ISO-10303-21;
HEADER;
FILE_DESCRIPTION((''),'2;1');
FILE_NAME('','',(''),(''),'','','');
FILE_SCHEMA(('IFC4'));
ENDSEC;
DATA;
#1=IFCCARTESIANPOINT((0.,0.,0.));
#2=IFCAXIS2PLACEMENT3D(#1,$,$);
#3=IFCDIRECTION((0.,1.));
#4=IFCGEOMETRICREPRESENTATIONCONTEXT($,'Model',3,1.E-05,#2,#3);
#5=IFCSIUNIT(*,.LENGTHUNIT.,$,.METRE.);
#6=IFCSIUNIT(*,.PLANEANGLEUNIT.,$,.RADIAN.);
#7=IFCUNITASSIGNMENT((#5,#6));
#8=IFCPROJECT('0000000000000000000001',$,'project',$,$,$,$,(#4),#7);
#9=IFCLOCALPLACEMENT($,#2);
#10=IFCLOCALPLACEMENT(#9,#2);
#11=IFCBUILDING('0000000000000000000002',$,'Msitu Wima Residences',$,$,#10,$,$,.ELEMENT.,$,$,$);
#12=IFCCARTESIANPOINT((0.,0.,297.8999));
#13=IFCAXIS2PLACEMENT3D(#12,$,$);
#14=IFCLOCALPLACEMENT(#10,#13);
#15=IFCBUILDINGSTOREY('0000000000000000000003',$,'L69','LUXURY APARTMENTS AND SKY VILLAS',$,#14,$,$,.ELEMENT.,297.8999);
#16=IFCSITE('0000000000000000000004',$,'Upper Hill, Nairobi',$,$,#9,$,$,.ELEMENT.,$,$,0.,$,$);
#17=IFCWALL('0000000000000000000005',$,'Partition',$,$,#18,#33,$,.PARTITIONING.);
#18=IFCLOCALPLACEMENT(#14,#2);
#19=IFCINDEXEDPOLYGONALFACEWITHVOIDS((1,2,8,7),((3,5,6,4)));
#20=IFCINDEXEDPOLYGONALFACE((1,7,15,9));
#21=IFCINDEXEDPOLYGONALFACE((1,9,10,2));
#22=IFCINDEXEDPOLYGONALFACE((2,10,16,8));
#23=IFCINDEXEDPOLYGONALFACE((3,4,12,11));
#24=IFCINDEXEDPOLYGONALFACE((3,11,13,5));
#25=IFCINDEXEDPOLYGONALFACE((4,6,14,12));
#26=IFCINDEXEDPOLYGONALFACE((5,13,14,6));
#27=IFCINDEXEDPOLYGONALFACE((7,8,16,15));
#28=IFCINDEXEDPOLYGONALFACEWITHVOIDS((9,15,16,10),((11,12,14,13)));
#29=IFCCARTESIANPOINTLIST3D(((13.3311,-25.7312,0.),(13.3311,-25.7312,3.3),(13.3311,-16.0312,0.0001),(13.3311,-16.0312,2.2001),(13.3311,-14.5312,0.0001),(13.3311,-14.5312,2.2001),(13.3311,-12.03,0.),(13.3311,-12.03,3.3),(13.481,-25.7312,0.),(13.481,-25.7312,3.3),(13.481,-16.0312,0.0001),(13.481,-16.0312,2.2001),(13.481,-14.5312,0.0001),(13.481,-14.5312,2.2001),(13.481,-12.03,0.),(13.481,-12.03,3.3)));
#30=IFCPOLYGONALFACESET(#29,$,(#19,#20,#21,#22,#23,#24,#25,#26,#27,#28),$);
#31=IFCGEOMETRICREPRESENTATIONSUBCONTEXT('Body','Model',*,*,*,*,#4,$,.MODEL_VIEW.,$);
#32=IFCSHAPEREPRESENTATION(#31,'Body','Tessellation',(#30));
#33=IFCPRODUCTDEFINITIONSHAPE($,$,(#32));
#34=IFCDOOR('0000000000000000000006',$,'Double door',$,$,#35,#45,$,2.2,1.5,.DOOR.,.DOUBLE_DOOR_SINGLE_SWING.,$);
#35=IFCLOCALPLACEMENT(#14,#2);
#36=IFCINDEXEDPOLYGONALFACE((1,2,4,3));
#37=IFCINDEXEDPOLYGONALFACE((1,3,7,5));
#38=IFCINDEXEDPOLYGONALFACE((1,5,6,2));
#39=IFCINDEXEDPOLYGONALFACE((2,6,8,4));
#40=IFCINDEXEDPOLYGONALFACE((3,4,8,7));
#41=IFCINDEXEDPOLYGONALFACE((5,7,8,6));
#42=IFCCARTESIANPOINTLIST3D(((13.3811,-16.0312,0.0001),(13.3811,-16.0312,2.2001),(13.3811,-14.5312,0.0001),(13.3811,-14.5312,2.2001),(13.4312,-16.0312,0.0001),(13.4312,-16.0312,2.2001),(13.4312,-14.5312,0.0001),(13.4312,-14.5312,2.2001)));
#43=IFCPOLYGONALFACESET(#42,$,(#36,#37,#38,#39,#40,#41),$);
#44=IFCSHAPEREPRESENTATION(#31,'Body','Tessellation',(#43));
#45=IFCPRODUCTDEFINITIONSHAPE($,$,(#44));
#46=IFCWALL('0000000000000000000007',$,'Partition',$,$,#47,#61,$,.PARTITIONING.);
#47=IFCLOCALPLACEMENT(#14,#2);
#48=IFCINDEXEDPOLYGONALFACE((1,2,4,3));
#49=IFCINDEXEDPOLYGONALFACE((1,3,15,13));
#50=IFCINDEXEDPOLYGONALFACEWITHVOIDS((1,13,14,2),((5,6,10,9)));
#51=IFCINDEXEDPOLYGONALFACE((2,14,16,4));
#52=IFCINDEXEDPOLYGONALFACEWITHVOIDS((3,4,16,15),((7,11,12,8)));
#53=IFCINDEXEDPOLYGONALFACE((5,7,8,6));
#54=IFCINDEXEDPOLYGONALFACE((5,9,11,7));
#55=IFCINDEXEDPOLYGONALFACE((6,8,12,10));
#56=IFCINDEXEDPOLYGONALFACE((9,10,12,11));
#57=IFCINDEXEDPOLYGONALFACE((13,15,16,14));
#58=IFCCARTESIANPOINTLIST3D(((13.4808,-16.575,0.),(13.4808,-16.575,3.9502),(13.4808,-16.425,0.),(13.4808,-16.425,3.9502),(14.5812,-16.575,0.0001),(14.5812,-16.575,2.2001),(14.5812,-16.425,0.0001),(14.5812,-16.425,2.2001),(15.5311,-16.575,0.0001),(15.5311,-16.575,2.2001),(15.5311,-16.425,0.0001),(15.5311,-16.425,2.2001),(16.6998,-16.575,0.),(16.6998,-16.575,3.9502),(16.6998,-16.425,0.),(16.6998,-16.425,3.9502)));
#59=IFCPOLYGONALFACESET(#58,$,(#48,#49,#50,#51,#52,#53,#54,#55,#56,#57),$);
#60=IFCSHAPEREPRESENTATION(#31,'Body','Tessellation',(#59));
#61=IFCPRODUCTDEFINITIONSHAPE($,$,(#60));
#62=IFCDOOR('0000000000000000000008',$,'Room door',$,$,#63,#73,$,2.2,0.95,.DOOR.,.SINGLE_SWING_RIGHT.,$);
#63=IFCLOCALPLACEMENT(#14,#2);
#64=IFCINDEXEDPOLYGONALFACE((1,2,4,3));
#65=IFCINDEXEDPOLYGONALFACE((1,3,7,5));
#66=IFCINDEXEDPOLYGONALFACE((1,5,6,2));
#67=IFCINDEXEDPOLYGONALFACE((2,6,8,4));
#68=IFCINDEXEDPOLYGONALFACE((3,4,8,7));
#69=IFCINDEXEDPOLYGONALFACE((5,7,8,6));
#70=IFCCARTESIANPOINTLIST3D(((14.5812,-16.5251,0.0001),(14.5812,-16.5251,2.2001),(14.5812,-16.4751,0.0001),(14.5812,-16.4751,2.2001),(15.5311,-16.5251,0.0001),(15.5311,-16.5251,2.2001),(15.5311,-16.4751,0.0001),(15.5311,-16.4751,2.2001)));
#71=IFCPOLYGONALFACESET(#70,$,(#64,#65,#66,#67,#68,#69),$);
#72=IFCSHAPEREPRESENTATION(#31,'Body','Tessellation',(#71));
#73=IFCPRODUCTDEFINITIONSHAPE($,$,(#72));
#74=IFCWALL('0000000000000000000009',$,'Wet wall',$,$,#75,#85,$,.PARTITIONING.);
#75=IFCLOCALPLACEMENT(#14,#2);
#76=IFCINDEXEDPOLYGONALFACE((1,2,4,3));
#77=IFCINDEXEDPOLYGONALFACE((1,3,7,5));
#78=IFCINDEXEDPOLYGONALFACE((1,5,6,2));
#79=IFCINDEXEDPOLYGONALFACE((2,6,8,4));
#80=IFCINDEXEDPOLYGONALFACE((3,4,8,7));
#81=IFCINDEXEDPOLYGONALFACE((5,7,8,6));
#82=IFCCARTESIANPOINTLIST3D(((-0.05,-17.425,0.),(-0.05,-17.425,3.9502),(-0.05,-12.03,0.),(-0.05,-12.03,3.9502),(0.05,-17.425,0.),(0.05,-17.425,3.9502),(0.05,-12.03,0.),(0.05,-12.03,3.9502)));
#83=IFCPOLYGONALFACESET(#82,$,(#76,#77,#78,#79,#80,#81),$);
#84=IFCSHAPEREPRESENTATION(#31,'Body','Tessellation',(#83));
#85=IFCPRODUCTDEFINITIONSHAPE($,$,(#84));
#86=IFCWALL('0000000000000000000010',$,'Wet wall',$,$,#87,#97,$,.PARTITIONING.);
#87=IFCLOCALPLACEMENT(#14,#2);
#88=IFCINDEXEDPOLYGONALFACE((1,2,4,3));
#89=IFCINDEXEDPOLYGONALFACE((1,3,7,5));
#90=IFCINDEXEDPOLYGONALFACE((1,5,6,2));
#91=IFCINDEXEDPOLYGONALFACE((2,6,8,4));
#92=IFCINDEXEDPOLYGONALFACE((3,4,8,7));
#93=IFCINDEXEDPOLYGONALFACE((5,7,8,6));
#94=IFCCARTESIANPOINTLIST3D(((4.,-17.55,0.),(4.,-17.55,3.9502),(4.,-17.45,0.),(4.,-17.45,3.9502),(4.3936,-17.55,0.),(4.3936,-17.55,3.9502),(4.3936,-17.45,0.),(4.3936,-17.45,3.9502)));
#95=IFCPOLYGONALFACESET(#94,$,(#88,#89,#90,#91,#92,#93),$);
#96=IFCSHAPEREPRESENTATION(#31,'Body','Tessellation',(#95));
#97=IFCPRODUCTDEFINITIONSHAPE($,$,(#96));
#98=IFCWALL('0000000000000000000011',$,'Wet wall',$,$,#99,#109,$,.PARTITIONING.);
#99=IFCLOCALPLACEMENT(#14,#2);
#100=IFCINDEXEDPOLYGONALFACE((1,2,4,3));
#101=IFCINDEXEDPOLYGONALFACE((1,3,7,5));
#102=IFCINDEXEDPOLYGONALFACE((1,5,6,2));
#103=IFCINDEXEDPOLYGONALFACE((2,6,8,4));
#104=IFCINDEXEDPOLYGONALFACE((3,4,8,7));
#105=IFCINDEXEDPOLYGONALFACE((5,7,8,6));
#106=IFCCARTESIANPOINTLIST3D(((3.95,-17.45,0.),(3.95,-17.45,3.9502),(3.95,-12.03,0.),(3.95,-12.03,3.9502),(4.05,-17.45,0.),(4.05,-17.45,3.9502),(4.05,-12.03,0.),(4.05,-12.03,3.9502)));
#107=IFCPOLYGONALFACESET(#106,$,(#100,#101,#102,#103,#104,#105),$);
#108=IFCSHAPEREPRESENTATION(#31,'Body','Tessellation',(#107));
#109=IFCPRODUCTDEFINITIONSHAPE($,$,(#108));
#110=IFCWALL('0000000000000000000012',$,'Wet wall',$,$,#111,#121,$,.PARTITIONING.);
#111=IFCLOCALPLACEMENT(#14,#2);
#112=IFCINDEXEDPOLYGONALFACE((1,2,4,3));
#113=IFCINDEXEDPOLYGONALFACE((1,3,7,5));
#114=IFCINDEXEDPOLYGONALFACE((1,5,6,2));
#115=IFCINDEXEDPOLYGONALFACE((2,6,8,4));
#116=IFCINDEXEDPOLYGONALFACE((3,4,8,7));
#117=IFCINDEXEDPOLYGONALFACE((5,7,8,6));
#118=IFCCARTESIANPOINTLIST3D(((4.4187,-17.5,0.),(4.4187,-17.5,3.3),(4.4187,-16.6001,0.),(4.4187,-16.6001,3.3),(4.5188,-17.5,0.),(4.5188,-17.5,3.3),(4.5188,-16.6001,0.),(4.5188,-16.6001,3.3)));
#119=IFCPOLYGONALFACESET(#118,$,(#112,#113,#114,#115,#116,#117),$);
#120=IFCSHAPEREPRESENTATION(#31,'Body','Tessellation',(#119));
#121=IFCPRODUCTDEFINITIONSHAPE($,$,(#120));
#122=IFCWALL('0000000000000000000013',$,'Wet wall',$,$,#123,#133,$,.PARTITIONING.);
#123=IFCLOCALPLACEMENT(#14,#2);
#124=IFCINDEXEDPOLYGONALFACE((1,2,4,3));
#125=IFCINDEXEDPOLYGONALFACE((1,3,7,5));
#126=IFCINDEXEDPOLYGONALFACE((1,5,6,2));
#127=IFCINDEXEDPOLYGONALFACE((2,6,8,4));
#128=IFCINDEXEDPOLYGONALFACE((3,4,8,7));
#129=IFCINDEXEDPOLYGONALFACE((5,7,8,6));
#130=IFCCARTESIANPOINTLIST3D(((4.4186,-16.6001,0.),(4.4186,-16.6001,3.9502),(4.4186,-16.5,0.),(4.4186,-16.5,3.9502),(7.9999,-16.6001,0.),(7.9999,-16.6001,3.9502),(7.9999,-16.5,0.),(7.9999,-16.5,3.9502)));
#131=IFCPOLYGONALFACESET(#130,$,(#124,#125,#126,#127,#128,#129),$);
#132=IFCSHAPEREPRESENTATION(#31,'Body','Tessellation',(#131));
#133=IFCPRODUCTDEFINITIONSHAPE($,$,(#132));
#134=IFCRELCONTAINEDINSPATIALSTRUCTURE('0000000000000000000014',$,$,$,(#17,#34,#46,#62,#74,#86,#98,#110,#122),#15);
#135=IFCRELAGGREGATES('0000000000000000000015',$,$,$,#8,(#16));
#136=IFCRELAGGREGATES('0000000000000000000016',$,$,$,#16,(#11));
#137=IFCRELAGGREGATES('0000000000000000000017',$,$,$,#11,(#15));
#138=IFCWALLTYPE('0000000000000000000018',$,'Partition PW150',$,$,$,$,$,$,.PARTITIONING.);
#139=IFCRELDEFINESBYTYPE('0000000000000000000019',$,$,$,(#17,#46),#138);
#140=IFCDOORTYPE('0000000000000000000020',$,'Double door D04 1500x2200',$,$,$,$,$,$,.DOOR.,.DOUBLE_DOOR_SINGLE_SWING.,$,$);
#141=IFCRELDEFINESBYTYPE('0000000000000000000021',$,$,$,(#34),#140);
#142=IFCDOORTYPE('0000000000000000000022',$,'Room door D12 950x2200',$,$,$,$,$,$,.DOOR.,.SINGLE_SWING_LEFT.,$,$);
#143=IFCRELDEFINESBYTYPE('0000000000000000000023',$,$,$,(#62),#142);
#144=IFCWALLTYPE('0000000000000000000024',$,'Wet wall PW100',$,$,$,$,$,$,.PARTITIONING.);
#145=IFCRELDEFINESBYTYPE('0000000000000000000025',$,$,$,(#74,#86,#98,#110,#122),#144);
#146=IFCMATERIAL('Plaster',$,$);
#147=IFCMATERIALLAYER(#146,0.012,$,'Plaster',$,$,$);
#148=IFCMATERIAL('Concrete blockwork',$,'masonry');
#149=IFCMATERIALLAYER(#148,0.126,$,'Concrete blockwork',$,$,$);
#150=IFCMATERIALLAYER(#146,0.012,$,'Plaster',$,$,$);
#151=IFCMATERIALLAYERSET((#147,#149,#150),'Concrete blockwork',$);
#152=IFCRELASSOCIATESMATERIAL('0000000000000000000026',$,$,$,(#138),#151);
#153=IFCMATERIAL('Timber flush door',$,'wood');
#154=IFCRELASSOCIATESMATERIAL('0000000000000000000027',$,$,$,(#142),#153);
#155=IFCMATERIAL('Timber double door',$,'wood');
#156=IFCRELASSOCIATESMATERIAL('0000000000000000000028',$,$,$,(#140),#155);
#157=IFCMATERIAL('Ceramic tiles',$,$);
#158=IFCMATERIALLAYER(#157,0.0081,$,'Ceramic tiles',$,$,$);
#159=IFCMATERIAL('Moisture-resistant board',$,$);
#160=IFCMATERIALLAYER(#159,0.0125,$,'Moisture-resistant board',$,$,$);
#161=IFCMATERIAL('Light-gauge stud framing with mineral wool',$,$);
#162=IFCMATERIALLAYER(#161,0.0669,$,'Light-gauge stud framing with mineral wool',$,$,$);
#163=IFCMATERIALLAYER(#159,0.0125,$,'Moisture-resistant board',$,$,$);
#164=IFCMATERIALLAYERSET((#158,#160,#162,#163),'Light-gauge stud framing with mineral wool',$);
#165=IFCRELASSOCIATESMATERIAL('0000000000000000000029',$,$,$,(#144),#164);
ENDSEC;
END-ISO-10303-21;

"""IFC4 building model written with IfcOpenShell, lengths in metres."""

from ifc_helpers import new_model, si_unit, direction, frame, frame_2d, origin, place, context, subcontext, project, spatial, rectangle, extrude, material, layer, layer_set, type_object, element, fill, save


model = new_model("IFC4")

# Units and contexts
model_context = context("Model", 3, precision=1e-05, world=origin(), true_north=direction((0.0, 1.0)))
body_context = subcontext(model_context, "Body", "Model", "MODEL_VIEW")
ifc_project = project(units=[si_unit("LENGTHUNIT", "METRE"), si_unit("PLANEANGLEUNIT", "RADIAN")], contexts=[model_context])

# Site, building, storey
site_placement = place(None, origin())
site = spatial("IfcSite", under=ifc_project, at=site_placement, Name="Upper Hill, Nairobi", CompositionType="ELEMENT", RefElevation=0.0)
building_placement = place(site_placement, origin())
building = spatial("IfcBuilding", under=site, at=building_placement, Name="Msitu Wima Residences", CompositionType="ELEMENT")
storey_placement = place(building_placement, frame((0.0, 0.0, 297.8999)))
storey = spatial("IfcBuildingStorey", under=building, at=storey_placement, Name="L69", Description="LUXURY APARTMENTS AND SKY VILLAS", CompositionType="ELEMENT", Elevation=297.8999)

# Walls, openings, doors
ifc_material_1 = material(Name="Plaster")
ifc_layer_1 = layer(ifc_material_1, 0.012, Name="Plaster")
ifc_material_2 = material(Name="Concrete blockwork", Category="masonry")
ifc_layer_2 = layer(ifc_material_2, 0.126, Name="Concrete blockwork")
ifc_layer_3 = layer(ifc_material_1, 0.012, Name="Plaster")
ifc_layer_set_1 = layer_set([ifc_layer_1, ifc_layer_2, ifc_layer_3], Name="Concrete blockwork")
wall_type_1 = type_object("IfcWallType", Name="Partition PW150", PredefinedType="PARTITIONING", material=ifc_layer_set_1)
ifc_material_3 = material(Name="Timber flush door", Category="wood")
door_type_1 = type_object("IfcDoorType", Name="Room door D12 950x2200", OperationType="SINGLE_SWING_LEFT", PredefinedType="DOOR", material=ifc_material_3)
ifc_material_4 = material(Name="Timber double door", Category="wood")
door_type_2 = type_object("IfcDoorType", Name="Double door D04 1500x2200", OperationType="DOUBLE_DOOR_SINGLE_SWING", PredefinedType="DOOR", material=ifc_material_4)
wall_1_placement = place(storey_placement, frame((13.406, -25.7312, 0.0), z_axis=(0.0, 0.0, 1.0), x_axis=(0.0, 1.0, 0.0)))
wall_1 = element("IfcWall", 1, at=wall_1_placement, inside=storey, type_object=wall_type_1, Name="Partition", PredefinedType="PARTITIONING", context=body_context, shape_type="SweptSolid", body=[
    extrude(rectangle(XDim=13.7012, YDim=0.1499, at=frame_2d((6.8506, 0.0))), origin(), (0.0, 0.0, 1.0), 3.3),
])
opening_1_placement = place(wall_1_placement, frame((9.7, 0.0, 0.0)))
opening_1 = element("IfcOpeningElement", 2, at=opening_1_placement, cuts=wall_1, PredefinedType="OPENING", context=body_context, shape_type="SweptSolid", body=[
    extrude(rectangle(XDim=1.5, YDim=2.2, at=frame_2d((0.75, 1.1001))), frame((0.0, 0.085, 0.0), z_axis=(0.0, -1.0, 0.0), x_axis=(1.0, 0.0, 0.0)), (0.0, 0.0, 1.0), 0.1699),
])
door_1_placement = place(opening_1_placement, origin())
door_1 = element("IfcDoor", 3, at=door_1_placement, inside=storey, type_object=door_type_2, Name="Double door", OperationType="DOUBLE_DOOR_SINGLE_SWING", OverallHeight=2.2, OverallWidth=1.5, PredefinedType="DOOR", context=body_context, shape_type="SweptSolid", body=[
    extrude(rectangle(XDim=1.5, YDim=2.2, at=frame_2d((0.75, 1.1001))), frame((0.0, 0.0249, 0.0), z_axis=(0.0, -1.0, 0.0), x_axis=(1.0, 0.0, 0.0)), (0.0, 0.0, 1.0), 0.05),
])
fill(opening_1, door_1)
wall_2_placement = place(storey_placement, frame((13.481, -16.5, 0.0), z_axis=(0.0, 0.0, 1.0), x_axis=(1.0, 0.0, 0.0)))
wall_2 = element("IfcWall", 4, at=wall_2_placement, inside=storey, type_object=wall_type_1, Name="Partition", PredefinedType="PARTITIONING", context=body_context, shape_type="SweptSolid", body=[
    extrude(rectangle(XDim=3.219, YDim=0.1499, at=frame_2d((1.6094, 0.0))), origin(), (0.0, 0.0, 1.0), 3.9502),
])
opening_2_placement = place(wall_2_placement, frame((1.1001, 0.0, 0.0)))
opening_2 = element("IfcOpeningElement", 5, at=opening_2_placement, cuts=wall_2, PredefinedType="OPENING", context=body_context, shape_type="SweptSolid", body=[
    extrude(rectangle(XDim=0.95, YDim=2.2, at=frame_2d((0.4751, 1.1001))), frame((0.0, 0.085, 0.0), z_axis=(0.0, -1.0, 0.0), x_axis=(1.0, 0.0, 0.0)), (0.0, 0.0, 1.0), 0.1699),
])
door_2_placement = place(opening_2_placement, origin())
door_2 = element("IfcDoor", 6, at=door_2_placement, inside=storey, type_object=door_type_1, Name="Room door", OperationType="SINGLE_SWING_RIGHT", OverallHeight=2.2, OverallWidth=0.95, PredefinedType="DOOR", context=body_context, shape_type="SweptSolid", body=[
    extrude(rectangle(XDim=0.95, YDim=2.2, at=frame_2d((0.4751, 1.1001))), frame((0.0, 0.0249, 0.0), z_axis=(0.0, -1.0, 0.0), x_axis=(1.0, 0.0, 0.0)), (0.0, 0.0, 1.0), 0.05),
])
fill(opening_2, door_2)

# Walls
ifc_material_5 = material(Name="Ceramic tiles")
ifc_layer_4 = layer(ifc_material_5, 0.0081, Name="Ceramic tiles")
ifc_material_6 = material(Name="Moisture-resistant board")
ifc_layer_5 = layer(ifc_material_6, 0.0125, Name="Moisture-resistant board")
ifc_material_7 = material(Name="Light-gauge stud framing with mineral wool")
ifc_layer_6 = layer(ifc_material_7, 0.0669, Name="Light-gauge stud framing with mineral wool")
ifc_layer_7 = layer(ifc_material_6, 0.0125, Name="Moisture-resistant board")
ifc_layer_set_2 = layer_set([ifc_layer_4, ifc_layer_5, ifc_layer_6, ifc_layer_7], Name="Light-gauge stud framing with mineral wool")
wall_type_2 = type_object("IfcWallType", Name="Wet wall PW100", PredefinedType="PARTITIONING", material=ifc_layer_set_2)
wall_3_placement = place(storey_placement, frame((0.0, -17.425, 0.0), z_axis=(0.0, 0.0, 1.0), x_axis=(0.0, 1.0, 0.0)))
element("IfcWall", 7, at=wall_3_placement, inside=storey, type_object=wall_type_2, Name="Wet wall", PredefinedType="PARTITIONING", context=body_context, shape_type="SweptSolid", body=[
    extrude(rectangle(XDim=5.395, YDim=0.1001, at=frame_2d((2.6975, 0.0))), origin(), (0.0, 0.0, 1.0), 3.9502),
])
wall_4_placement = place(storey_placement, frame((4.0, -17.5, 0.0), z_axis=(0.0, 0.0, 1.0), x_axis=(1.0, 0.0, 0.0)))
element("IfcWall", 8, at=wall_4_placement, inside=storey, type_object=wall_type_2, Name="Wet wall", PredefinedType="PARTITIONING", context=body_context, shape_type="SweptSolid", body=[
    extrude(rectangle(XDim=0.3936, YDim=0.1001, at=frame_2d((0.1968, 0.0))), origin(), (0.0, 0.0, 1.0), 3.9502),
])
wall_5_placement = place(storey_placement, frame((4.0, -17.45, 0.0), z_axis=(0.0, 0.0, 1.0), x_axis=(0.0, 1.0, 0.0)))
element("IfcWall", 9, at=wall_5_placement, inside=storey, type_object=wall_type_2, Name="Wet wall", PredefinedType="PARTITIONING", context=body_context, shape_type="SweptSolid", body=[
    extrude(rectangle(XDim=5.4199, YDim=0.1001, at=frame_2d((2.71, 0.0))), origin(), (0.0, 0.0, 1.0), 3.9502),
])
wall_6_placement = place(storey_placement, frame((4.4688, -17.5, 0.0), z_axis=(0.0, 0.0, 1.0), x_axis=(0.0, 1.0, 0.0)))
element("IfcWall", 10, at=wall_6_placement, inside=storey, type_object=wall_type_2, Name="Wet wall", PredefinedType="PARTITIONING", context=body_context, shape_type="SweptSolid", body=[
    extrude(rectangle(XDim=0.8999, YDim=0.1001, at=frame_2d((0.45, 0.0))), origin(), (0.0, 0.0, 1.0), 3.3),
])
wall_7_placement = place(storey_placement, frame((4.4187, -16.55, 0.0), z_axis=(0.0, 0.0, 1.0), x_axis=(1.0, 0.0, 0.0)))
element("IfcWall", 11, at=wall_7_placement, inside=storey, type_object=wall_type_2, Name="Wet wall", PredefinedType="PARTITIONING", context=body_context, shape_type="SweptSolid", body=[
    extrude(rectangle(XDim=3.5813, YDim=0.1001, at=frame_2d((1.7905, 0.0))), origin(), (0.0, 0.0, 1.0), 3.9502),
])

save(model, "model.ifc")
